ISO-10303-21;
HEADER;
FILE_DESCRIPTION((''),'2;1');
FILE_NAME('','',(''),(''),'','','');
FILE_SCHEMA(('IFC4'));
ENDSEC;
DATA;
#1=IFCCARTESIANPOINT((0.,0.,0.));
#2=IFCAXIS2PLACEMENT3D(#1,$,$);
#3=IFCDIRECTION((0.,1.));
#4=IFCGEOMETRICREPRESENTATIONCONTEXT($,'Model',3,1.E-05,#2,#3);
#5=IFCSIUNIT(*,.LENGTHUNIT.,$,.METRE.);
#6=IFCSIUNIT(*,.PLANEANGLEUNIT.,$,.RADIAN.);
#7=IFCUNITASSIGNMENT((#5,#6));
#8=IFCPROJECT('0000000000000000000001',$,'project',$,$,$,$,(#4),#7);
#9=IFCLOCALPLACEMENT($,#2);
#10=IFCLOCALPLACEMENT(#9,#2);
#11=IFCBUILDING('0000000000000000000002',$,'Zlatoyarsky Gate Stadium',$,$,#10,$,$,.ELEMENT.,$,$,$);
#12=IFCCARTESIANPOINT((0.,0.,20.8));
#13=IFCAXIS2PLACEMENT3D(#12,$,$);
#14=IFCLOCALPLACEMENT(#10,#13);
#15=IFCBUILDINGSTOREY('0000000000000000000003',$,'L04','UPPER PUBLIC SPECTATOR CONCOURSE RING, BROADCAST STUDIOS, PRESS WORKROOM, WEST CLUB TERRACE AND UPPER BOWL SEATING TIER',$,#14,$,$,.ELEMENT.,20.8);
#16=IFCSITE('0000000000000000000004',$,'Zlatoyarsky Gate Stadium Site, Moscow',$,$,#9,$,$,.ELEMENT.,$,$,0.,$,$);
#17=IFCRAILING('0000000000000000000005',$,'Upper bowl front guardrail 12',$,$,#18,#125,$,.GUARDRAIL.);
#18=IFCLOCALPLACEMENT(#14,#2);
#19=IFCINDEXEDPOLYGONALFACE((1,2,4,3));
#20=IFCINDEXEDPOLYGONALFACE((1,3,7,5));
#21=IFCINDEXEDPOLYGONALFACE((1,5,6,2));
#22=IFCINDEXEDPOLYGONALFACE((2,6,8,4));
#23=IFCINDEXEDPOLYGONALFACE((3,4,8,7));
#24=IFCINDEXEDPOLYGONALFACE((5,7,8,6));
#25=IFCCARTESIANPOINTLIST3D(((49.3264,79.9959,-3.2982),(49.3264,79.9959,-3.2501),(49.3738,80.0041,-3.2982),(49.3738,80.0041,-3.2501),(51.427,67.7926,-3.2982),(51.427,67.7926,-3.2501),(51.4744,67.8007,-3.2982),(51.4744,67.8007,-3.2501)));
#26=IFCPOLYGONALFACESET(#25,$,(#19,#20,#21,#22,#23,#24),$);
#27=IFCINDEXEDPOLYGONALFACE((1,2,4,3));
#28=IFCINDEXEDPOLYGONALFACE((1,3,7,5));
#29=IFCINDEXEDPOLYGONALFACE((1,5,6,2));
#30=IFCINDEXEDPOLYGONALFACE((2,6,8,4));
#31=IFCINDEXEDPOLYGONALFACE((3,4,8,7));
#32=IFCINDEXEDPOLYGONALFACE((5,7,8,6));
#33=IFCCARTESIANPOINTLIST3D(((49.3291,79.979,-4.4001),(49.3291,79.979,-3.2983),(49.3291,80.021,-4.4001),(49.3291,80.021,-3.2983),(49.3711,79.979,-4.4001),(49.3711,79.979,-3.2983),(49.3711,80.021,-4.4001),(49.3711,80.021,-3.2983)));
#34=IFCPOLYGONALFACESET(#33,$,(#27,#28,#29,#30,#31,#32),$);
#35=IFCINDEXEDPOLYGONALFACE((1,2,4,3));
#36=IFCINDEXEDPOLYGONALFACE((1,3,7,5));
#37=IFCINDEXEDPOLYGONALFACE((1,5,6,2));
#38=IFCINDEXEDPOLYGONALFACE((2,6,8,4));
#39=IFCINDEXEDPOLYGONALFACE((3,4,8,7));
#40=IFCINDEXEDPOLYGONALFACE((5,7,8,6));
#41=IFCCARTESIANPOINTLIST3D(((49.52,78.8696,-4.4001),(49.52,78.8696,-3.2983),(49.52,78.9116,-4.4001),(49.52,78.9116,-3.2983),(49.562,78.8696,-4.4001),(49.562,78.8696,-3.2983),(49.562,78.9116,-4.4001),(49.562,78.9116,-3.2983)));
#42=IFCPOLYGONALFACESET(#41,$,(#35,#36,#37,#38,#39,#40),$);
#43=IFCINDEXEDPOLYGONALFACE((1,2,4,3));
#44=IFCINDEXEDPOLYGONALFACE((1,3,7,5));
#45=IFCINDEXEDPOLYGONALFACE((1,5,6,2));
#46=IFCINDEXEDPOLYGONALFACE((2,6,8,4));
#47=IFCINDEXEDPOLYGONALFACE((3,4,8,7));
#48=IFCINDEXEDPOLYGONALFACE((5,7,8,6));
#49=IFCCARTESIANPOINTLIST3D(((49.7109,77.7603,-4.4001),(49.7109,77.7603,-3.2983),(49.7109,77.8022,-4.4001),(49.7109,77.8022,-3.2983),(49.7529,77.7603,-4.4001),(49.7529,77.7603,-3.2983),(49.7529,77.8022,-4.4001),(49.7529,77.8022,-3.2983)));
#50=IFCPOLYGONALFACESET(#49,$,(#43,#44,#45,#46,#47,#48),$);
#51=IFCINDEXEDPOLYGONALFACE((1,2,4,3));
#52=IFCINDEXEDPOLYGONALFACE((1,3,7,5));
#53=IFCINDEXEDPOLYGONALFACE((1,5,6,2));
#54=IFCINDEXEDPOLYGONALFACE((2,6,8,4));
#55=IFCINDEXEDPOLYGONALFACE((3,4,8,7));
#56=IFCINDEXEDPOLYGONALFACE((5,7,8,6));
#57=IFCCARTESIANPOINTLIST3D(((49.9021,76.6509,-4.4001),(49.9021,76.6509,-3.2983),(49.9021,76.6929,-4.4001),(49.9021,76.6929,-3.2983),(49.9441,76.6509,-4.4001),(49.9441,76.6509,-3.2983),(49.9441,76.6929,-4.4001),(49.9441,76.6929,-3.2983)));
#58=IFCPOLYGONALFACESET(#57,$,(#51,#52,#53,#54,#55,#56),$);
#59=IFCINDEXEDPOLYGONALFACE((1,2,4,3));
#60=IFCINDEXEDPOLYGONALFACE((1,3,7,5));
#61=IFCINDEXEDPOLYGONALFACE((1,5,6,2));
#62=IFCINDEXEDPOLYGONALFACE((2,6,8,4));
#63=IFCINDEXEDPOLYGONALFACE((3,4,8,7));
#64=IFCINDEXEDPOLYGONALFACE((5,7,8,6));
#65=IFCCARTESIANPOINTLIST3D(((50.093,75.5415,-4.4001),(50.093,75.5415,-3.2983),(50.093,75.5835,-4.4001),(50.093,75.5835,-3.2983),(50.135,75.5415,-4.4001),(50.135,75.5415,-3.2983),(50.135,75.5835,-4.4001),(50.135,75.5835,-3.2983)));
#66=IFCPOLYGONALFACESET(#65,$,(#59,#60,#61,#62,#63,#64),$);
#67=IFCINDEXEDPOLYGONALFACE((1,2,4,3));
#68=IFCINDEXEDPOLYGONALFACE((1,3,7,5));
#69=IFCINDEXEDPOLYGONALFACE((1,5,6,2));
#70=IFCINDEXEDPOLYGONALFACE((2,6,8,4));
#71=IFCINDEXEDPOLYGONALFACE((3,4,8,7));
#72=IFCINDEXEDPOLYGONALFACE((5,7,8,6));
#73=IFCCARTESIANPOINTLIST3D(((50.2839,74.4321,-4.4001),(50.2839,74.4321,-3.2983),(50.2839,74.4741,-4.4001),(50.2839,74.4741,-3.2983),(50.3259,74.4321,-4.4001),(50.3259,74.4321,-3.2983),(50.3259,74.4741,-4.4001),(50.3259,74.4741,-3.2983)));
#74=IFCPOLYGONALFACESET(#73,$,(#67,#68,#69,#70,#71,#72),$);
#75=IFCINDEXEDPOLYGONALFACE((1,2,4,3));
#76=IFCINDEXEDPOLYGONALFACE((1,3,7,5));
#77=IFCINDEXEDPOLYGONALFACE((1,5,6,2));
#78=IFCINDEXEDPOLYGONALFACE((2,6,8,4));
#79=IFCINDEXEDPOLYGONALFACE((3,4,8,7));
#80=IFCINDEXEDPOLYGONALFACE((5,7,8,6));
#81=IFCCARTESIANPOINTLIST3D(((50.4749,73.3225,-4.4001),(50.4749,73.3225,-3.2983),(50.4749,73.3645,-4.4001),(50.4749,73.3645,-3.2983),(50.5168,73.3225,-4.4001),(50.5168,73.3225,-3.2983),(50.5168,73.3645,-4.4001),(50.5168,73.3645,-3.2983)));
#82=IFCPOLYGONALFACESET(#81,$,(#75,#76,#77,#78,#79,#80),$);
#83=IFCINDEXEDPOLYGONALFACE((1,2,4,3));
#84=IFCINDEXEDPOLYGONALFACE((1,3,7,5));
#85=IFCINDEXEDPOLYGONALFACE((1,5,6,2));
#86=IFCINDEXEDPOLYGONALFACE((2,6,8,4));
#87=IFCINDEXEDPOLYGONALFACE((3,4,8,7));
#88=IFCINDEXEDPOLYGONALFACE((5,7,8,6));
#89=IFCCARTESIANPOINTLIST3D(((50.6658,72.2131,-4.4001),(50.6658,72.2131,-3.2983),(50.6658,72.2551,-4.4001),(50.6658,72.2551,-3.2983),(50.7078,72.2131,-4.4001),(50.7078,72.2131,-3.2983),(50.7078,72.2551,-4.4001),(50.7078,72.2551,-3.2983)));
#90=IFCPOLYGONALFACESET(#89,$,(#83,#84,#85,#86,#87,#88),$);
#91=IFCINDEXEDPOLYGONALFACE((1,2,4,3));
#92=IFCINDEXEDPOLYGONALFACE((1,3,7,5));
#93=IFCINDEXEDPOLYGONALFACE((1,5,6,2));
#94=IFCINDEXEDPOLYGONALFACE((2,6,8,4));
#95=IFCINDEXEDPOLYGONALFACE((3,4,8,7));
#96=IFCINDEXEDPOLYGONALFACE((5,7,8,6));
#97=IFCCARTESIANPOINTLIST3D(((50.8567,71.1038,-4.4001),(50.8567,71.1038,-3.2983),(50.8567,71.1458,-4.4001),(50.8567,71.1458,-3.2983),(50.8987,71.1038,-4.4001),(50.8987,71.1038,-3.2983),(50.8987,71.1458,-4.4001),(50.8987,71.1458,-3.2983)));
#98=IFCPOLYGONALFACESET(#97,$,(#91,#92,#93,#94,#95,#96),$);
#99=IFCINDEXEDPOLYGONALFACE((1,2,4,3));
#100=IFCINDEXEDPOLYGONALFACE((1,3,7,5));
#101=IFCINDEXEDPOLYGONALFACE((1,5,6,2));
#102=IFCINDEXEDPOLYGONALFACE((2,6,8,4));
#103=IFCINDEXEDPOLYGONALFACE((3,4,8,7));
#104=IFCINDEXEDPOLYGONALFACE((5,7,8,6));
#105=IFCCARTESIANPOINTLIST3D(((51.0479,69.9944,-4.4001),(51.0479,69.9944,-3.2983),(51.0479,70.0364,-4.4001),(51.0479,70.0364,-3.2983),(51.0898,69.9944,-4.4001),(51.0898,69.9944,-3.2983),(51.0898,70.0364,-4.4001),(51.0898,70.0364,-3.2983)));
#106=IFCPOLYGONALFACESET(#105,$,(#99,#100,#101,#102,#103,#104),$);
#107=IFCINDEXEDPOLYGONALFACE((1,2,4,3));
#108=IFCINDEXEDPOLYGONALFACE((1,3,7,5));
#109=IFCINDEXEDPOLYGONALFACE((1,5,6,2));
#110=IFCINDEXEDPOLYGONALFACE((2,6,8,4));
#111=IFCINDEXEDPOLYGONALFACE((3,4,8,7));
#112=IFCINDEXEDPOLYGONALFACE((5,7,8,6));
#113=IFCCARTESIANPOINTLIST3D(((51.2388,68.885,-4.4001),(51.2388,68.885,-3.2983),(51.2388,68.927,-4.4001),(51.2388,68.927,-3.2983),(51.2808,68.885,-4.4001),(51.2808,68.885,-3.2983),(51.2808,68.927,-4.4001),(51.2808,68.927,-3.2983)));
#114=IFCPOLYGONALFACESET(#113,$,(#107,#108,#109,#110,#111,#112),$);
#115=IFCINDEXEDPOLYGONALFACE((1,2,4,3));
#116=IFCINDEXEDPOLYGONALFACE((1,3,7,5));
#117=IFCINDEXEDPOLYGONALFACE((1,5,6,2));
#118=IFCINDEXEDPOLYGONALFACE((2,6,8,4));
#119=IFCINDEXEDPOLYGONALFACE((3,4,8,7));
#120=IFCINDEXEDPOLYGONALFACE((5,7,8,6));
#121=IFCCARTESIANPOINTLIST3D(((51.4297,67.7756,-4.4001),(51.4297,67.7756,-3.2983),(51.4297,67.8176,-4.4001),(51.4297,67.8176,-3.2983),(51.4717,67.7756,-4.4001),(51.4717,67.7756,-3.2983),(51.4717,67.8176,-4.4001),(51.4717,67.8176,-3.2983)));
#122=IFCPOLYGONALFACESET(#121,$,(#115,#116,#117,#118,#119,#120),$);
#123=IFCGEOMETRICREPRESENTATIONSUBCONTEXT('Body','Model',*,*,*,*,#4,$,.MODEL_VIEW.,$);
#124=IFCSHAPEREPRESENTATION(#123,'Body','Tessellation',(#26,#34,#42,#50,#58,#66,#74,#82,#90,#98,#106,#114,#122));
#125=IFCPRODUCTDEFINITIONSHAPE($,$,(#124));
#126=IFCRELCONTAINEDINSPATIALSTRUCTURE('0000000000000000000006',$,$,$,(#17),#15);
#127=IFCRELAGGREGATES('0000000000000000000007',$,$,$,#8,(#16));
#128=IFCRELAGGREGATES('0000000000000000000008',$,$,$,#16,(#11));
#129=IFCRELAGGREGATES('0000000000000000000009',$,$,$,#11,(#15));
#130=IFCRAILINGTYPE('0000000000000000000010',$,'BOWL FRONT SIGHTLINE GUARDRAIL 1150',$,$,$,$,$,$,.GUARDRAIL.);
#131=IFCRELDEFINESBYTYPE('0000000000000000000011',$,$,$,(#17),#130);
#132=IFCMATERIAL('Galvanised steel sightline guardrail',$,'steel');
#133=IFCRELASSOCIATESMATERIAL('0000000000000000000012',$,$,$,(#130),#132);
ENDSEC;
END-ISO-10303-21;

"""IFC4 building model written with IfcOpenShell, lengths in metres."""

from ifc_helpers import new_model, si_unit, direction, frame, origin, origin_2d, place, context, subcontext, project, spatial, rectangle, extrude, material, type_object, element, save


model = new_model("IFC4")

# Units and contexts
model_context = context("Model", 3, precision=1e-05, world=origin(), true_north=direction((0.0, 1.0)))
body_context = subcontext(model_context, "Body", "Model", "MODEL_VIEW")
ifc_project = project(units=[si_unit("LENGTHUNIT", "METRE"), si_unit("PLANEANGLEUNIT", "RADIAN")], contexts=[model_context])

# Site, building, storey
site_placement = place(None, origin())
site = spatial("IfcSite", under=ifc_project, at=site_placement, Name="Zlatoyarsky Gate Stadium Site, Moscow", CompositionType="ELEMENT", RefElevation=0.0)
building_placement = place(site_placement, origin())
building = spatial("IfcBuilding", under=site, at=building_placement, Name="Zlatoyarsky Gate Stadium", CompositionType="ELEMENT")
storey_placement = place(building_placement, frame((0.0, 0.0, 20.8)))
storey = spatial("IfcBuildingStorey", under=building, at=storey_placement, Name="L04", Description="UPPER PUBLIC SPECTATOR CONCOURSE RING, BROADCAST STUDIOS, PRESS WORKROOM, WEST CLUB TERRACE AND UPPER BOWL SEATING TIER", CompositionType="ELEMENT", Elevation=20.8)

# Railing
ifc_material_1 = material(Name="Galvanised steel sightline guardrail", Category="steel")
railing_type_1 = type_object("IfcRailingType", Name="BOWL FRONT SIGHTLINE GUARDRAIL 1150", PredefinedType="GUARDRAIL", material=ifc_material_1)
railing_1_placement = place(storey_placement, frame((49.3501, 80.0, -4.4001)))
element("IfcRailing", 1, at=railing_1_placement, inside=storey, type_object=railing_type_1, Name="Upper bowl front guardrail 12", PredefinedType="GUARDRAIL", context=body_context, shape_type="SweptSolid", body=[
    extrude(rectangle(XDim=0.0481, YDim=0.0481, at=origin_2d()), frame((0.0, 0.0, 1.126), z_axis=(0.169637, -0.985507, 0.0), x_axis=(0.985507, 0.169637, 0.0)), (0.0, 0.0, 1.0), 12.3828),
    extrude(rectangle(XDim=0.042, YDim=0.042, at=origin_2d()), origin(), (0.0, 0.0, 1.0), 1.1018),
    extrude(rectangle(XDim=0.042, YDim=0.042, at=origin_2d()), frame((0.1909, -1.1094, 0.0)), (0.0, 0.0, 1.0), 1.1018),
    extrude(rectangle(XDim=0.042, YDim=0.042, at=origin_2d()), frame((0.3818, -2.2188, 0.0)), (0.0, 0.0, 1.0), 1.1018),
    extrude(rectangle(XDim=0.042, YDim=0.042, at=origin_2d()), frame((0.573, -3.3281, 0.0)), (0.0, 0.0, 1.0), 1.1018),
    extrude(rectangle(XDim=0.042, YDim=0.042, at=origin_2d()), frame((0.7639, -4.4375, 0.0)), (0.0, 0.0, 1.0), 1.1018),
    extrude(rectangle(XDim=0.042, YDim=0.042, at=origin_2d()), frame((0.9548, -5.5469, 0.0)), (0.0, 0.0, 1.0), 1.1018),
    extrude(rectangle(XDim=0.042, YDim=0.042, at=origin_2d()), frame((1.1458, -6.6565, 0.0)), (0.0, 0.0, 1.0), 1.1018),
    extrude(rectangle(XDim=0.042, YDim=0.042, at=origin_2d()), frame((1.3367, -7.7659, 0.0)), (0.0, 0.0, 1.0), 1.1018),
    extrude(rectangle(XDim=0.042, YDim=0.042, at=origin_2d()), frame((1.5276, -8.8752, 0.0)), (0.0, 0.0, 1.0), 1.1018),
    extrude(rectangle(XDim=0.042, YDim=0.042, at=origin_2d()), frame((1.7188, -9.9846, 0.0)), (0.0, 0.0, 1.0), 1.1018),
    extrude(rectangle(XDim=0.042, YDim=0.042, at=origin_2d()), frame((1.9097, -11.094, 0.0)), (0.0, 0.0, 1.0), 1.1018),
    extrude(rectangle(XDim=0.042, YDim=0.042, at=origin_2d()), frame((2.1006, -12.2034, 0.0)), (0.0, 0.0, 1.0), 1.1018),
])

save(model, "model.ifc")
